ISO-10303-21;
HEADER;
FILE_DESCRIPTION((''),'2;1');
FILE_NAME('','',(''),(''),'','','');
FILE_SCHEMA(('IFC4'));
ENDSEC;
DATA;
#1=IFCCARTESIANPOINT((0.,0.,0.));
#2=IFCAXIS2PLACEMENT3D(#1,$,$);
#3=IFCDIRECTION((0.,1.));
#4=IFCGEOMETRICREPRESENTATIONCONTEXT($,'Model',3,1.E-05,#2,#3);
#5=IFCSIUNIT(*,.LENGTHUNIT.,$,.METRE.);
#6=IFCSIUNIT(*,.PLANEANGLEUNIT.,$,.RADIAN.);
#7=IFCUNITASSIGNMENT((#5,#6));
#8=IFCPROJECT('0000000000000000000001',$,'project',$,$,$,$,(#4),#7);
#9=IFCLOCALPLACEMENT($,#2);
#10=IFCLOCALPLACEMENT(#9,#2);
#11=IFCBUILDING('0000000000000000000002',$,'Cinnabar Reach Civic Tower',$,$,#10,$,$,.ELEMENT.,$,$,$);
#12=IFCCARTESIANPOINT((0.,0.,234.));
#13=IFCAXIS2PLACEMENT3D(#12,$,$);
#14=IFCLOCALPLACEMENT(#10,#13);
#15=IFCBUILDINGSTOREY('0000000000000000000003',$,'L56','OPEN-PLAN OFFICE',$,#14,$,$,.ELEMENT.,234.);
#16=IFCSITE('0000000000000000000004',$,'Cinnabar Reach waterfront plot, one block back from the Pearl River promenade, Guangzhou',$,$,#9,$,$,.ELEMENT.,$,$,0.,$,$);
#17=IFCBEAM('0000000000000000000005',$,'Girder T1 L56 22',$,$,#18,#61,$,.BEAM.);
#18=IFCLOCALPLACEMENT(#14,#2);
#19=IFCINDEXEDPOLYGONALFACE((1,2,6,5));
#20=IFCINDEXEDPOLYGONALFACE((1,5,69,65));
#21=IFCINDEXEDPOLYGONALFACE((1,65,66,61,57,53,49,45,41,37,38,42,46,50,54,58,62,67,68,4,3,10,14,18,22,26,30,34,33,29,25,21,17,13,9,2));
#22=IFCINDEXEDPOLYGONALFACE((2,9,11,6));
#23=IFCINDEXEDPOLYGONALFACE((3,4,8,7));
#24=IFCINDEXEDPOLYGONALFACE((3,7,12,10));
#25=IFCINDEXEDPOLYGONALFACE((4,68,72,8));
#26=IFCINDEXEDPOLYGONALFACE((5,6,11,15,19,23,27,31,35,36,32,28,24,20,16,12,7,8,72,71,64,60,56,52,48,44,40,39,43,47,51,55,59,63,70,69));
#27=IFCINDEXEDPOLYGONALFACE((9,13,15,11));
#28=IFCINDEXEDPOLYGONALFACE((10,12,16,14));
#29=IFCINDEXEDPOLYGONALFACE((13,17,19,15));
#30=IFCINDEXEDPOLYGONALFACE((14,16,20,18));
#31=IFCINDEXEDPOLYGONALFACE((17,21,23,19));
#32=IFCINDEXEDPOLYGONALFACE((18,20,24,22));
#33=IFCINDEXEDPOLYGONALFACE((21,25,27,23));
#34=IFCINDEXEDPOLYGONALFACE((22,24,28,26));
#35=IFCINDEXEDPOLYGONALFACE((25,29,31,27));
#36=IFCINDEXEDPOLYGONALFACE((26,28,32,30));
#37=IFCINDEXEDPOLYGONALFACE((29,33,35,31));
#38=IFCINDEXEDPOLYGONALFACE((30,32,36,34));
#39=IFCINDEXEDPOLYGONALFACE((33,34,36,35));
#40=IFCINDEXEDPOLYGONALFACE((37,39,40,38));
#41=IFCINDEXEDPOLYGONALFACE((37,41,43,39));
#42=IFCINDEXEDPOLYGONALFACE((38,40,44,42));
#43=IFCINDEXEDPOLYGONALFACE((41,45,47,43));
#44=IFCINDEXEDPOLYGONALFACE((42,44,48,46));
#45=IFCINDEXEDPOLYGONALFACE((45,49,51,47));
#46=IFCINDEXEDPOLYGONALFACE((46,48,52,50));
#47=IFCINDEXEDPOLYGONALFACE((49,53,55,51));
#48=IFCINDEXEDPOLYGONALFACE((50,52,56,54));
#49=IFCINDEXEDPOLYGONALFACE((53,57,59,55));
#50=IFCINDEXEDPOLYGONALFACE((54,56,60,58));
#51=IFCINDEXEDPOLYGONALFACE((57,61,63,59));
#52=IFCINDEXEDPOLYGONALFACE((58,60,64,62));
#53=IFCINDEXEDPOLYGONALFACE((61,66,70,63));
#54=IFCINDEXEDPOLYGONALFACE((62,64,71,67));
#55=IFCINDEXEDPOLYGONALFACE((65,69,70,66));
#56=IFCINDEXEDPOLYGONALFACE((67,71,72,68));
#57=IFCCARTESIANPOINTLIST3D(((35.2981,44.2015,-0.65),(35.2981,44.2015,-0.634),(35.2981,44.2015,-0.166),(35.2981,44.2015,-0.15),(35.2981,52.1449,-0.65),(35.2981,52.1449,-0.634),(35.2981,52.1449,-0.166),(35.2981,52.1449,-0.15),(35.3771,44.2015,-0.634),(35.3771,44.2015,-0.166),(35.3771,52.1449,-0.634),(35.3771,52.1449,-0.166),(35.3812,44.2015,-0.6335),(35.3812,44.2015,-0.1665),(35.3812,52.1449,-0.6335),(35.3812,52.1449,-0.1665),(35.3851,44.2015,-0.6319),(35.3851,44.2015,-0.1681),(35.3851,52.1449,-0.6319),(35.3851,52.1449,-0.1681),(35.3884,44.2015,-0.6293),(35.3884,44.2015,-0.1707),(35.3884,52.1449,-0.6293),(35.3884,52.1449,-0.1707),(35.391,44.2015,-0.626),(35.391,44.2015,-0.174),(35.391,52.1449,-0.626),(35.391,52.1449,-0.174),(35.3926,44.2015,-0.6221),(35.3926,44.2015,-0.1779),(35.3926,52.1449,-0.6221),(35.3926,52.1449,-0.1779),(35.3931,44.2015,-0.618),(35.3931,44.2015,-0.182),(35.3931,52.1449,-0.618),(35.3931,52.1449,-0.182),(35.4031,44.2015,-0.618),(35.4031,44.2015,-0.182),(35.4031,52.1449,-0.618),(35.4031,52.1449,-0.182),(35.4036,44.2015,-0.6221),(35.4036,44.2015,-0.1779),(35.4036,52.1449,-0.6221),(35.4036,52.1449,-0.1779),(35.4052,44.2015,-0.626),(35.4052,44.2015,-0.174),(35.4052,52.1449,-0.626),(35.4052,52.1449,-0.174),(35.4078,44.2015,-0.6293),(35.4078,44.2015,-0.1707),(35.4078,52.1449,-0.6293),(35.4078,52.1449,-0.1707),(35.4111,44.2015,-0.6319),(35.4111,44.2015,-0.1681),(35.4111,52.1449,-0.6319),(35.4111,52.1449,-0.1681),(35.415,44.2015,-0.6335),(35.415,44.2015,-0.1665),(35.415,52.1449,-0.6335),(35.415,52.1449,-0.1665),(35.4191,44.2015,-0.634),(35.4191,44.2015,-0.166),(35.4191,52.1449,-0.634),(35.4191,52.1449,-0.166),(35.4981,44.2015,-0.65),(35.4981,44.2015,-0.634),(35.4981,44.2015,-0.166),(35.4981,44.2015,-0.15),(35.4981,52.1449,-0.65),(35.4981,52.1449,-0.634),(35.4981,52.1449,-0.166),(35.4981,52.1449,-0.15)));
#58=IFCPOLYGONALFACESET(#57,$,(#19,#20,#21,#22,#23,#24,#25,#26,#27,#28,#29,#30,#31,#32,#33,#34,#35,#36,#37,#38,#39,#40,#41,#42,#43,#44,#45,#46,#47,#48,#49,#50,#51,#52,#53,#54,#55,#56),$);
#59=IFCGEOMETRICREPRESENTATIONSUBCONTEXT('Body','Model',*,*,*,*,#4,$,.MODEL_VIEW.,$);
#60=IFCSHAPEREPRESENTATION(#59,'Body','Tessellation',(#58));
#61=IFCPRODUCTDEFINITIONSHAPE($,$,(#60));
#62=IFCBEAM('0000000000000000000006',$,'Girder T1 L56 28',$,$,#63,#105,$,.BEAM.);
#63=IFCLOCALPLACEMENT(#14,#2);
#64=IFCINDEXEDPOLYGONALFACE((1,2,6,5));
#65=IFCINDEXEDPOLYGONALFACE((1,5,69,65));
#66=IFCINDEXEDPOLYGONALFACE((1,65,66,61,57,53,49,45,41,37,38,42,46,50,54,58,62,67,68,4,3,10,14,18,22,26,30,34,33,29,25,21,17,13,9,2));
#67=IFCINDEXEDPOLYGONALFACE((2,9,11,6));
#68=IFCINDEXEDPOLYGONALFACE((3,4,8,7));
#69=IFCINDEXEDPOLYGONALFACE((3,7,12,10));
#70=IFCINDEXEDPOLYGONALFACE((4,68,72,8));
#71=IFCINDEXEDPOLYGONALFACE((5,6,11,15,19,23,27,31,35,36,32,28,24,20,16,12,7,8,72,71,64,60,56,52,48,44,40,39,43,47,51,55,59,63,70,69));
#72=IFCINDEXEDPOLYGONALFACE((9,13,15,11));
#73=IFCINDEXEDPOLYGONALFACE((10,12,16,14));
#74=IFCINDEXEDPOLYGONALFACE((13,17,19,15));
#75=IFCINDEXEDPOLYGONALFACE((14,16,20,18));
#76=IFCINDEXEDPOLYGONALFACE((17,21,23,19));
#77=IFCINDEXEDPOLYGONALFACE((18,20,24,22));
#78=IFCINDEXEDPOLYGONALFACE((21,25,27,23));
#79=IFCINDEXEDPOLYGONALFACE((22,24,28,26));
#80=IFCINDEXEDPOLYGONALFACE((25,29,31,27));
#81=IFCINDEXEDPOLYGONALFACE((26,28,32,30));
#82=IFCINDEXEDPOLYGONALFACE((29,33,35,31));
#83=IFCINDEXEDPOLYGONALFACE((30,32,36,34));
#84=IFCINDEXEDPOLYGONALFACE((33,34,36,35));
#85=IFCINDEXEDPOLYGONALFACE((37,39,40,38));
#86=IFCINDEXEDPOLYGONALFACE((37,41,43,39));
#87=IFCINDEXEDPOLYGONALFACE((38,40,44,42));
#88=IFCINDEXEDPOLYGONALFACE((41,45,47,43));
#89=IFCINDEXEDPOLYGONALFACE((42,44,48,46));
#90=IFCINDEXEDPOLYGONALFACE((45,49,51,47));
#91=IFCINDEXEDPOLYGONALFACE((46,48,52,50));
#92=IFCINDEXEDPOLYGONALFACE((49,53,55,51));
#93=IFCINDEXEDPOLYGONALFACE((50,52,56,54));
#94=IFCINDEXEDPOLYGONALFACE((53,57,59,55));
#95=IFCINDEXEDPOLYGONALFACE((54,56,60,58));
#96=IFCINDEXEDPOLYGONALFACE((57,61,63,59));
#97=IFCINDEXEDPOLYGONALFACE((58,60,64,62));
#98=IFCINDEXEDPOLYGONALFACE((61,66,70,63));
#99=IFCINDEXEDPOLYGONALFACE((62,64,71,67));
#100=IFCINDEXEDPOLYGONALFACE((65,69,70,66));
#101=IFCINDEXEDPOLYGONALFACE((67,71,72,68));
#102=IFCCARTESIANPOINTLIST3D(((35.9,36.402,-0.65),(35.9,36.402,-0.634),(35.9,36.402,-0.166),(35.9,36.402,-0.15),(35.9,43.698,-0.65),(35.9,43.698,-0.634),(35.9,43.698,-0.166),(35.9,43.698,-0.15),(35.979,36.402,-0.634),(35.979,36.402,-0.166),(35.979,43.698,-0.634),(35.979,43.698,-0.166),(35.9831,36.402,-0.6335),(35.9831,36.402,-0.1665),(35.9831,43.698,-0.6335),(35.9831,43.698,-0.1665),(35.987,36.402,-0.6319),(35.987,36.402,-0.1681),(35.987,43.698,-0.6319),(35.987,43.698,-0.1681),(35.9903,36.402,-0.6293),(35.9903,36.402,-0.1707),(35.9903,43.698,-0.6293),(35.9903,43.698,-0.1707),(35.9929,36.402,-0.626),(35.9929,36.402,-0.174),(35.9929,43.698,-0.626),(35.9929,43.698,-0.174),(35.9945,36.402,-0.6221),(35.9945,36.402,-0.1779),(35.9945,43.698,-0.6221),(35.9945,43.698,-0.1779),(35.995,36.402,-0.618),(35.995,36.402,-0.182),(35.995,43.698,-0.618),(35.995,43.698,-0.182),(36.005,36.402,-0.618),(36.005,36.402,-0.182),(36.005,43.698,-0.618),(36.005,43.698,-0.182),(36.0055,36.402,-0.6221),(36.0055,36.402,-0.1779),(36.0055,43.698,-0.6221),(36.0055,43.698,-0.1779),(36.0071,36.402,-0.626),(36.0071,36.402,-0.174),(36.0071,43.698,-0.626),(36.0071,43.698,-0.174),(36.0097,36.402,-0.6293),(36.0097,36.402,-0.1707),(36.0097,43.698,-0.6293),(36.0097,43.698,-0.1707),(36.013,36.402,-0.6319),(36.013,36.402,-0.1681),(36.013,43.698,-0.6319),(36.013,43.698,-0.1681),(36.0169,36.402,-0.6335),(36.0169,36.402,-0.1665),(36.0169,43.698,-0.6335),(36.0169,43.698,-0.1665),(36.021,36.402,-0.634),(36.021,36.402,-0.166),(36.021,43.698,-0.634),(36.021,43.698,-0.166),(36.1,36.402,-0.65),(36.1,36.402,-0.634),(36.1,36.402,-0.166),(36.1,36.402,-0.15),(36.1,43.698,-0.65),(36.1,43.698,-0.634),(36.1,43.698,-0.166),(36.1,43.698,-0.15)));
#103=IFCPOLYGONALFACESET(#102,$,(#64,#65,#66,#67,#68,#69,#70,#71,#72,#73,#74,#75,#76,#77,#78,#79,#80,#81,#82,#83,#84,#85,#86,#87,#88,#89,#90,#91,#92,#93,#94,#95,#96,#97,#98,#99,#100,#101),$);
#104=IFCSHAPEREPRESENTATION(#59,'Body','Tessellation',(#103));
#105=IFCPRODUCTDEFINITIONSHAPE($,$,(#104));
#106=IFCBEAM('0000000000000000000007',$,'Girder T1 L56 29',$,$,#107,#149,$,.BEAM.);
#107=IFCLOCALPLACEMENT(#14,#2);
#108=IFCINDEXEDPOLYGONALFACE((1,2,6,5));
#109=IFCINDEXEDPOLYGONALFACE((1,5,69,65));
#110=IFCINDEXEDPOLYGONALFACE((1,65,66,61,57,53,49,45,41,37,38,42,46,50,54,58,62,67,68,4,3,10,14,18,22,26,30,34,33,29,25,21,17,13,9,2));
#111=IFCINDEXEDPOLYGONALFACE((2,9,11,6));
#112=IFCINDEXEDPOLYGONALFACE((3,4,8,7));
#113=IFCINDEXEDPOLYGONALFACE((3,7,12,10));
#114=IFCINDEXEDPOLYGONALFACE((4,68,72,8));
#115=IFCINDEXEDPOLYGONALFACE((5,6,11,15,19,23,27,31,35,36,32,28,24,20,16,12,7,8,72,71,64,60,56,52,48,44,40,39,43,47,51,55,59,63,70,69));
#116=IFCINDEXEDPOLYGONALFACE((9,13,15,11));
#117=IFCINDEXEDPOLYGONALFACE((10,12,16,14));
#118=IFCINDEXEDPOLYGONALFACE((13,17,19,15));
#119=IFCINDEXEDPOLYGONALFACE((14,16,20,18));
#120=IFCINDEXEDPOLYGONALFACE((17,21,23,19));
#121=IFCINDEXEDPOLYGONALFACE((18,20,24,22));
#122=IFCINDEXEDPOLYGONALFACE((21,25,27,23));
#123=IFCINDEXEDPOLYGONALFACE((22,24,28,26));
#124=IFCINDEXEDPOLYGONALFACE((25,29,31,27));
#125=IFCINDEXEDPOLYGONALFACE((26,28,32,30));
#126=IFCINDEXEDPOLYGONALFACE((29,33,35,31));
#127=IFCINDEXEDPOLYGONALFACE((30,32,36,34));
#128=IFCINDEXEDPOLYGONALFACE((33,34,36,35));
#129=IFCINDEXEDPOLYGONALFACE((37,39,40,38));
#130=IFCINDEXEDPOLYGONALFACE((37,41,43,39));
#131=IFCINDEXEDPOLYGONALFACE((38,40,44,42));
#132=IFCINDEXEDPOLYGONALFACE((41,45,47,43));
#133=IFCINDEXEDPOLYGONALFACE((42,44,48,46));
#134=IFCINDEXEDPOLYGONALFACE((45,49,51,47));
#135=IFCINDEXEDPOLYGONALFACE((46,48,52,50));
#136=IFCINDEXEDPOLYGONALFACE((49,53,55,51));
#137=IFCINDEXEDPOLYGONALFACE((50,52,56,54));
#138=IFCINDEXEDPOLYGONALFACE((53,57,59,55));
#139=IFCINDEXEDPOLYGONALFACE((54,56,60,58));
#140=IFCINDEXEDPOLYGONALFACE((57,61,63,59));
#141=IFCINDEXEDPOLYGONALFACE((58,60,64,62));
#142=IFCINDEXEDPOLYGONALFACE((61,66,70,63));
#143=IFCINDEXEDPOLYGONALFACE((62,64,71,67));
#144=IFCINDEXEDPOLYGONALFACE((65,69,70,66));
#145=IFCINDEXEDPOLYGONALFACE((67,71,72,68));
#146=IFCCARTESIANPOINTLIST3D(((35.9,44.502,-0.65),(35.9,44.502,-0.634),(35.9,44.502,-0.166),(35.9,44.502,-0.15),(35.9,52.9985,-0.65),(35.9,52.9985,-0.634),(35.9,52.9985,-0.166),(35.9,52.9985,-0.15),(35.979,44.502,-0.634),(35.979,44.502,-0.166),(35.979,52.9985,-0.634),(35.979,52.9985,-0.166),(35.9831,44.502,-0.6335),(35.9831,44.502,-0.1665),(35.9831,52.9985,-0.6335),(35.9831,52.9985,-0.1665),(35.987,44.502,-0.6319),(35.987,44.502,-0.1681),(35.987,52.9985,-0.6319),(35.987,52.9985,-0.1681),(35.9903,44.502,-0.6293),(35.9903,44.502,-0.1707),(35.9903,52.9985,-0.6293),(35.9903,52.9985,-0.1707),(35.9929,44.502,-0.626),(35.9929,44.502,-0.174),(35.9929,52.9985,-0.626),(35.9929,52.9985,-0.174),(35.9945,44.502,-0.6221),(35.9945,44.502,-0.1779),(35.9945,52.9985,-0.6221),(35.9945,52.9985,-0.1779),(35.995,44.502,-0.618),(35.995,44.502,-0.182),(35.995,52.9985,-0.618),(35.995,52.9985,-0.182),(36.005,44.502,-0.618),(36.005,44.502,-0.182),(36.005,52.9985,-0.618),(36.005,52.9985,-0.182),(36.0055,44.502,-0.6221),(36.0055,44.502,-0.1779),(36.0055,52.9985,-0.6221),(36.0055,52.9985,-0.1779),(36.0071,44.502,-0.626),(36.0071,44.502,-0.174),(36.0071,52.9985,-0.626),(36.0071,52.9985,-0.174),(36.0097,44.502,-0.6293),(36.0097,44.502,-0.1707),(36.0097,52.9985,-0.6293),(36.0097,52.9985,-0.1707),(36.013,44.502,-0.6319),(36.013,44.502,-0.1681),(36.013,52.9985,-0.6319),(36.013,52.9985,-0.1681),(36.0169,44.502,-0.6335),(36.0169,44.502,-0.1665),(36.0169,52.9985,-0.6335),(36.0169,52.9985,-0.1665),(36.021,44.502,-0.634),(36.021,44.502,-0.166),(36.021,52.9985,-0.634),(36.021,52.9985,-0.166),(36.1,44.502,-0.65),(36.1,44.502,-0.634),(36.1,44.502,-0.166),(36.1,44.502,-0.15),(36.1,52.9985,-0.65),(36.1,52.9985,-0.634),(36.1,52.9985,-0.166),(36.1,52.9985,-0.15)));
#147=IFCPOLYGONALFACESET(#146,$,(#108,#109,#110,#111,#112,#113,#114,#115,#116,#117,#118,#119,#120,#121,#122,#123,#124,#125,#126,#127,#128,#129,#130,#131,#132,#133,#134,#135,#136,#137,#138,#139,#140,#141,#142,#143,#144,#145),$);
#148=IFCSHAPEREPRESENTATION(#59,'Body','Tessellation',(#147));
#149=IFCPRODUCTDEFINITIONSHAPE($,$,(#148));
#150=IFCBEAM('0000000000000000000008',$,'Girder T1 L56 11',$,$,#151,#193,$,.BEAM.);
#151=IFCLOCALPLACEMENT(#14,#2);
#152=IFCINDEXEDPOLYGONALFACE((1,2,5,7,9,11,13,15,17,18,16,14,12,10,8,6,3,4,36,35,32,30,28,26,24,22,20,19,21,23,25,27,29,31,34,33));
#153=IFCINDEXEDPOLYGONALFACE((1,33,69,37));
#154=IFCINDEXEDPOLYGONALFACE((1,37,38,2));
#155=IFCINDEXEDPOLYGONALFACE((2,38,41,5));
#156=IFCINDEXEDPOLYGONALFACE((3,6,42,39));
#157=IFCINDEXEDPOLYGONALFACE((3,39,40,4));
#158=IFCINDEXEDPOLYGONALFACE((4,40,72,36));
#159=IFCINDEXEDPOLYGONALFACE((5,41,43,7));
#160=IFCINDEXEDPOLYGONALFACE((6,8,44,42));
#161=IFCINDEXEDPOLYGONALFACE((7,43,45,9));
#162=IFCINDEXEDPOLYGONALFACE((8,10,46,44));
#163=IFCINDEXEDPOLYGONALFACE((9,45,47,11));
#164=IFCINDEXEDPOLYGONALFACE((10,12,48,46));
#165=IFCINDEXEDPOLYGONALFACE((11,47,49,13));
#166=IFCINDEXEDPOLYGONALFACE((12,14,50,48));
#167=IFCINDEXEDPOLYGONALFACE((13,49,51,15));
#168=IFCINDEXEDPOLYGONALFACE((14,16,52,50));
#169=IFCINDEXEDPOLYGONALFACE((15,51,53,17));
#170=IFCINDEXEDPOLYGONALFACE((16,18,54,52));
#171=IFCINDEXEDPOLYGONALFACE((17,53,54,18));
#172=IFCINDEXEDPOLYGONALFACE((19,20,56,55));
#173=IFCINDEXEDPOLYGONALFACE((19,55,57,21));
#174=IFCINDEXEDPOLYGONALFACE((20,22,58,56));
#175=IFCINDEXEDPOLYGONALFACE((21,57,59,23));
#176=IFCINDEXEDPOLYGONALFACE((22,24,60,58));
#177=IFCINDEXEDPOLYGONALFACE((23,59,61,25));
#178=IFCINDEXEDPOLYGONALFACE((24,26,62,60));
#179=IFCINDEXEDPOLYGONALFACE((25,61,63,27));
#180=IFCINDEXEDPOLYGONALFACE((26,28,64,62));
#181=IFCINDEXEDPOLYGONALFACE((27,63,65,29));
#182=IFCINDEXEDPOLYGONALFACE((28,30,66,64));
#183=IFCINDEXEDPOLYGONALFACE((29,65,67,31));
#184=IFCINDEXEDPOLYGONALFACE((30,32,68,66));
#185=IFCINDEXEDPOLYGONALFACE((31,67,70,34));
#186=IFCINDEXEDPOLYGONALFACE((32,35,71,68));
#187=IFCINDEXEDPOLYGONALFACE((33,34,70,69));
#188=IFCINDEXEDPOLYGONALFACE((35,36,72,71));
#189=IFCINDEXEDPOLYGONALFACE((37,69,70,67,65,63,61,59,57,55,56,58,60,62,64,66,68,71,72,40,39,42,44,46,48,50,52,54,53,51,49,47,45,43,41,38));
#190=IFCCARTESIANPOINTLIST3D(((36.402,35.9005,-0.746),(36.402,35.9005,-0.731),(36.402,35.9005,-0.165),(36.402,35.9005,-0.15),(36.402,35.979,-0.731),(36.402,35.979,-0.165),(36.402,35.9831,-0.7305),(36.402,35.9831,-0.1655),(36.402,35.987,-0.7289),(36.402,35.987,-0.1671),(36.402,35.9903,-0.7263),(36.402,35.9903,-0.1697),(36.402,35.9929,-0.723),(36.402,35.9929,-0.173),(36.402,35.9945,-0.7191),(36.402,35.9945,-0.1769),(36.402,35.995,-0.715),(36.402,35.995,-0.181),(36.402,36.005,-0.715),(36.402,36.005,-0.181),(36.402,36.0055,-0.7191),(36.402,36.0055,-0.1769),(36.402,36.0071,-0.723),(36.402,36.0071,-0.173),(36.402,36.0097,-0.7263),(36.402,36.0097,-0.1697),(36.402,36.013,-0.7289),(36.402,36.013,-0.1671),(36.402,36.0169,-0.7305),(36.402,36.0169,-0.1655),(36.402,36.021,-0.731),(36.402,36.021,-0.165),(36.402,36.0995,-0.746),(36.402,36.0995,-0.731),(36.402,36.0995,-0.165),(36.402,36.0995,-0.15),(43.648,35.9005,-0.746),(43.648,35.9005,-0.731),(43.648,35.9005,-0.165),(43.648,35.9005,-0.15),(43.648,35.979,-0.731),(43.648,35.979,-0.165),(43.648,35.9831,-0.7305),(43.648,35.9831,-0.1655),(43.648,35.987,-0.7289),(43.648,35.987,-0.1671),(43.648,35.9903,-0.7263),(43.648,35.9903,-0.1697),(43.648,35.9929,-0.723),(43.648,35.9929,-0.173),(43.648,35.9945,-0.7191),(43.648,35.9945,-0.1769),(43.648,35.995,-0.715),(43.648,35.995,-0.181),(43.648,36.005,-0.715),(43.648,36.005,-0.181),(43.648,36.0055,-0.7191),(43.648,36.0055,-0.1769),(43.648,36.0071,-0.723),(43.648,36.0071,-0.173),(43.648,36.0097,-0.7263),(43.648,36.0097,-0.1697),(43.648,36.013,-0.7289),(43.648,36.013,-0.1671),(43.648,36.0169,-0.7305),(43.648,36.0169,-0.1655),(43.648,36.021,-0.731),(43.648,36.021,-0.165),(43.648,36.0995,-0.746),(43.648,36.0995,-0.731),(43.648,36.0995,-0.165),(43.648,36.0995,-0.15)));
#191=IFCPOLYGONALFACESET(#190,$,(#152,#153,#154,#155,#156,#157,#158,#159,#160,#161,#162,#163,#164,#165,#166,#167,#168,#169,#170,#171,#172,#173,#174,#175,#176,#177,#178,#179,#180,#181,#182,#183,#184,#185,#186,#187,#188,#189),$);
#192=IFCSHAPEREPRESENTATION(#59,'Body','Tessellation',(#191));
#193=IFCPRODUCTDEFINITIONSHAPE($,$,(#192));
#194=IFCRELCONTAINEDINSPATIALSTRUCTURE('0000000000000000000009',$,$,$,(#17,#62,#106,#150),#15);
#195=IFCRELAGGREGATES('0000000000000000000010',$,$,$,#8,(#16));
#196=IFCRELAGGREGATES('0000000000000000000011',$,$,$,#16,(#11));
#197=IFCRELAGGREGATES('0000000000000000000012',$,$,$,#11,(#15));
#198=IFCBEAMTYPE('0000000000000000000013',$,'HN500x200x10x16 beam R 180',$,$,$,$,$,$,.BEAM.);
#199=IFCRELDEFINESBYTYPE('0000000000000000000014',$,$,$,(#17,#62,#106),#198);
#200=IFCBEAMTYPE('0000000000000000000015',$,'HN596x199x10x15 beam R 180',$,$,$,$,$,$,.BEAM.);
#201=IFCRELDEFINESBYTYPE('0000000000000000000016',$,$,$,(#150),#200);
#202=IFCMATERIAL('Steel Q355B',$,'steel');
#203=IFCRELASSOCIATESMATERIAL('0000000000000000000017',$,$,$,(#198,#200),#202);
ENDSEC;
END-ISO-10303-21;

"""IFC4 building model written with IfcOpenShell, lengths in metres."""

from ifc_helpers import new_model, si_unit, direction, frame, origin, origin_2d, place, context, subcontext, project, spatial, i_section, extrude, material, material_profile, profile_set, type_object, element, save


model = new_model("IFC4")

# Units and contexts
model_context = context("Model", 3, precision=1e-05, world=origin(), true_north=direction((0.0, 1.0)))
body_context = subcontext(model_context, "Body", "Model", "MODEL_VIEW")
ifc_project = project(units=[si_unit("LENGTHUNIT", "METRE"), si_unit("PLANEANGLEUNIT", "RADIAN")], contexts=[model_context])

# Site, building, storey
site_placement = place(None, origin())
site = spatial("IfcSite", under=ifc_project, at=site_placement, Name="Cinnabar Reach waterfront plot, one block back from the Pearl River promenade, Guangzhou", CompositionType="ELEMENT", RefElevation=0.0)
building_placement = place(site_placement, origin())
building = spatial("IfcBuilding", under=site, at=building_placement, Name="Cinnabar Reach Civic Tower", CompositionType="ELEMENT")
storey_placement = place(building_placement, frame((0.0, 0.0, 234.0)))
storey = spatial("IfcBuildingStorey", under=building, at=storey_placement, Name="L56", Description="OPEN-PLAN OFFICE", CompositionType="ELEMENT", Elevation=234.0)

# Beams
ifc_material_1 = material(Name="Steel Q355B", Category="steel")
ifc_material_profile_1 = material_profile(ifc_material_1, i_section(OverallWidth=0.2, OverallDepth=0.5, WebThickness=0.01, FlangeThickness=0.016, FilletRadius=0.016, at=origin_2d()), Name="HN500x200x10x16")
ifc_profile_set_1 = profile_set([ifc_material_profile_1], Name="Steel Q355B")
beam_type_1 = type_object("IfcBeamType", Name="HN500x200x10x16 beam R 180", PredefinedType="BEAM", material=ifc_profile_set_1)
beam_1_placement = place(storey_placement, frame((35.3981, 44.2015, -0.4), z_axis=(0.0, 1.0, 0.0), x_axis=(-1.0, 0.0, 0.0)))
element("IfcBeam", 1, at=beam_1_placement, inside=storey, type_object=beam_type_1, Name="Girder T1 L56 22", PredefinedType="BEAM", context=body_context, shape_type="SweptSolid", body=[
    extrude(i_section(OverallWidth=0.2, OverallDepth=0.5, WebThickness=0.01, FlangeThickness=0.016, FilletRadius=0.016, at=origin_2d()), origin(), (0.0, 0.0, 1.0), 7.9434),
])
beam_2_placement = place(storey_placement, frame((36.0, 36.402, -0.4), z_axis=(0.0, 1.0, 0.0), x_axis=(-1.0, 0.0, 0.0)))
element("IfcBeam", 2, at=beam_2_placement, inside=storey, type_object=beam_type_1, Name="Girder T1 L56 28", PredefinedType="BEAM", context=body_context, shape_type="SweptSolid", body=[
    extrude(i_section(OverallWidth=0.2, OverallDepth=0.5, WebThickness=0.01, FlangeThickness=0.016, FilletRadius=0.016, at=origin_2d()), origin(), (0.0, 0.0, 1.0), 7.296),
])
beam_3_placement = place(storey_placement, frame((36.0, 44.502, -0.4), z_axis=(0.0, 1.0, 0.0), x_axis=(-1.0, 0.0, 0.0)))
element("IfcBeam", 3, at=beam_3_placement, inside=storey, type_object=beam_type_1, Name="Girder T1 L56 29", PredefinedType="BEAM", context=body_context, shape_type="SweptSolid", body=[
    extrude(i_section(OverallWidth=0.2, OverallDepth=0.5, WebThickness=0.01, FlangeThickness=0.016, FilletRadius=0.016, at=origin_2d()), origin(), (0.0, 0.0, 1.0), 8.4965),
])
ifc_material_profile_2 = material_profile(ifc_material_1, i_section(OverallWidth=0.199, OverallDepth=0.596, WebThickness=0.01, FlangeThickness=0.015, FilletRadius=0.016, at=origin_2d()), Name="HN596x199x10x15")
ifc_profile_set_2 = profile_set([ifc_material_profile_2], Name="Steel Q355B")
beam_type_2 = type_object("IfcBeamType", Name="HN596x199x10x15 beam R 180", PredefinedType="BEAM", material=ifc_profile_set_2)
beam_4_placement = place(storey_placement, frame((36.402, 36.0, -0.448), z_axis=(1.0, 0.0, 0.0), x_axis=(0.0, 1.0, 0.0)))
element("IfcBeam", 4, at=beam_4_placement, inside=storey, type_object=beam_type_2, Name="Girder T1 L56 11", PredefinedType="BEAM", context=body_context, shape_type="SweptSolid", body=[
    extrude(i_section(OverallWidth=0.199, OverallDepth=0.596, WebThickness=0.01, FlangeThickness=0.015, FilletRadius=0.016, at=origin_2d()), origin(), (0.0, 0.0, 1.0), 7.246),
])

save(model, "model.ifc")
